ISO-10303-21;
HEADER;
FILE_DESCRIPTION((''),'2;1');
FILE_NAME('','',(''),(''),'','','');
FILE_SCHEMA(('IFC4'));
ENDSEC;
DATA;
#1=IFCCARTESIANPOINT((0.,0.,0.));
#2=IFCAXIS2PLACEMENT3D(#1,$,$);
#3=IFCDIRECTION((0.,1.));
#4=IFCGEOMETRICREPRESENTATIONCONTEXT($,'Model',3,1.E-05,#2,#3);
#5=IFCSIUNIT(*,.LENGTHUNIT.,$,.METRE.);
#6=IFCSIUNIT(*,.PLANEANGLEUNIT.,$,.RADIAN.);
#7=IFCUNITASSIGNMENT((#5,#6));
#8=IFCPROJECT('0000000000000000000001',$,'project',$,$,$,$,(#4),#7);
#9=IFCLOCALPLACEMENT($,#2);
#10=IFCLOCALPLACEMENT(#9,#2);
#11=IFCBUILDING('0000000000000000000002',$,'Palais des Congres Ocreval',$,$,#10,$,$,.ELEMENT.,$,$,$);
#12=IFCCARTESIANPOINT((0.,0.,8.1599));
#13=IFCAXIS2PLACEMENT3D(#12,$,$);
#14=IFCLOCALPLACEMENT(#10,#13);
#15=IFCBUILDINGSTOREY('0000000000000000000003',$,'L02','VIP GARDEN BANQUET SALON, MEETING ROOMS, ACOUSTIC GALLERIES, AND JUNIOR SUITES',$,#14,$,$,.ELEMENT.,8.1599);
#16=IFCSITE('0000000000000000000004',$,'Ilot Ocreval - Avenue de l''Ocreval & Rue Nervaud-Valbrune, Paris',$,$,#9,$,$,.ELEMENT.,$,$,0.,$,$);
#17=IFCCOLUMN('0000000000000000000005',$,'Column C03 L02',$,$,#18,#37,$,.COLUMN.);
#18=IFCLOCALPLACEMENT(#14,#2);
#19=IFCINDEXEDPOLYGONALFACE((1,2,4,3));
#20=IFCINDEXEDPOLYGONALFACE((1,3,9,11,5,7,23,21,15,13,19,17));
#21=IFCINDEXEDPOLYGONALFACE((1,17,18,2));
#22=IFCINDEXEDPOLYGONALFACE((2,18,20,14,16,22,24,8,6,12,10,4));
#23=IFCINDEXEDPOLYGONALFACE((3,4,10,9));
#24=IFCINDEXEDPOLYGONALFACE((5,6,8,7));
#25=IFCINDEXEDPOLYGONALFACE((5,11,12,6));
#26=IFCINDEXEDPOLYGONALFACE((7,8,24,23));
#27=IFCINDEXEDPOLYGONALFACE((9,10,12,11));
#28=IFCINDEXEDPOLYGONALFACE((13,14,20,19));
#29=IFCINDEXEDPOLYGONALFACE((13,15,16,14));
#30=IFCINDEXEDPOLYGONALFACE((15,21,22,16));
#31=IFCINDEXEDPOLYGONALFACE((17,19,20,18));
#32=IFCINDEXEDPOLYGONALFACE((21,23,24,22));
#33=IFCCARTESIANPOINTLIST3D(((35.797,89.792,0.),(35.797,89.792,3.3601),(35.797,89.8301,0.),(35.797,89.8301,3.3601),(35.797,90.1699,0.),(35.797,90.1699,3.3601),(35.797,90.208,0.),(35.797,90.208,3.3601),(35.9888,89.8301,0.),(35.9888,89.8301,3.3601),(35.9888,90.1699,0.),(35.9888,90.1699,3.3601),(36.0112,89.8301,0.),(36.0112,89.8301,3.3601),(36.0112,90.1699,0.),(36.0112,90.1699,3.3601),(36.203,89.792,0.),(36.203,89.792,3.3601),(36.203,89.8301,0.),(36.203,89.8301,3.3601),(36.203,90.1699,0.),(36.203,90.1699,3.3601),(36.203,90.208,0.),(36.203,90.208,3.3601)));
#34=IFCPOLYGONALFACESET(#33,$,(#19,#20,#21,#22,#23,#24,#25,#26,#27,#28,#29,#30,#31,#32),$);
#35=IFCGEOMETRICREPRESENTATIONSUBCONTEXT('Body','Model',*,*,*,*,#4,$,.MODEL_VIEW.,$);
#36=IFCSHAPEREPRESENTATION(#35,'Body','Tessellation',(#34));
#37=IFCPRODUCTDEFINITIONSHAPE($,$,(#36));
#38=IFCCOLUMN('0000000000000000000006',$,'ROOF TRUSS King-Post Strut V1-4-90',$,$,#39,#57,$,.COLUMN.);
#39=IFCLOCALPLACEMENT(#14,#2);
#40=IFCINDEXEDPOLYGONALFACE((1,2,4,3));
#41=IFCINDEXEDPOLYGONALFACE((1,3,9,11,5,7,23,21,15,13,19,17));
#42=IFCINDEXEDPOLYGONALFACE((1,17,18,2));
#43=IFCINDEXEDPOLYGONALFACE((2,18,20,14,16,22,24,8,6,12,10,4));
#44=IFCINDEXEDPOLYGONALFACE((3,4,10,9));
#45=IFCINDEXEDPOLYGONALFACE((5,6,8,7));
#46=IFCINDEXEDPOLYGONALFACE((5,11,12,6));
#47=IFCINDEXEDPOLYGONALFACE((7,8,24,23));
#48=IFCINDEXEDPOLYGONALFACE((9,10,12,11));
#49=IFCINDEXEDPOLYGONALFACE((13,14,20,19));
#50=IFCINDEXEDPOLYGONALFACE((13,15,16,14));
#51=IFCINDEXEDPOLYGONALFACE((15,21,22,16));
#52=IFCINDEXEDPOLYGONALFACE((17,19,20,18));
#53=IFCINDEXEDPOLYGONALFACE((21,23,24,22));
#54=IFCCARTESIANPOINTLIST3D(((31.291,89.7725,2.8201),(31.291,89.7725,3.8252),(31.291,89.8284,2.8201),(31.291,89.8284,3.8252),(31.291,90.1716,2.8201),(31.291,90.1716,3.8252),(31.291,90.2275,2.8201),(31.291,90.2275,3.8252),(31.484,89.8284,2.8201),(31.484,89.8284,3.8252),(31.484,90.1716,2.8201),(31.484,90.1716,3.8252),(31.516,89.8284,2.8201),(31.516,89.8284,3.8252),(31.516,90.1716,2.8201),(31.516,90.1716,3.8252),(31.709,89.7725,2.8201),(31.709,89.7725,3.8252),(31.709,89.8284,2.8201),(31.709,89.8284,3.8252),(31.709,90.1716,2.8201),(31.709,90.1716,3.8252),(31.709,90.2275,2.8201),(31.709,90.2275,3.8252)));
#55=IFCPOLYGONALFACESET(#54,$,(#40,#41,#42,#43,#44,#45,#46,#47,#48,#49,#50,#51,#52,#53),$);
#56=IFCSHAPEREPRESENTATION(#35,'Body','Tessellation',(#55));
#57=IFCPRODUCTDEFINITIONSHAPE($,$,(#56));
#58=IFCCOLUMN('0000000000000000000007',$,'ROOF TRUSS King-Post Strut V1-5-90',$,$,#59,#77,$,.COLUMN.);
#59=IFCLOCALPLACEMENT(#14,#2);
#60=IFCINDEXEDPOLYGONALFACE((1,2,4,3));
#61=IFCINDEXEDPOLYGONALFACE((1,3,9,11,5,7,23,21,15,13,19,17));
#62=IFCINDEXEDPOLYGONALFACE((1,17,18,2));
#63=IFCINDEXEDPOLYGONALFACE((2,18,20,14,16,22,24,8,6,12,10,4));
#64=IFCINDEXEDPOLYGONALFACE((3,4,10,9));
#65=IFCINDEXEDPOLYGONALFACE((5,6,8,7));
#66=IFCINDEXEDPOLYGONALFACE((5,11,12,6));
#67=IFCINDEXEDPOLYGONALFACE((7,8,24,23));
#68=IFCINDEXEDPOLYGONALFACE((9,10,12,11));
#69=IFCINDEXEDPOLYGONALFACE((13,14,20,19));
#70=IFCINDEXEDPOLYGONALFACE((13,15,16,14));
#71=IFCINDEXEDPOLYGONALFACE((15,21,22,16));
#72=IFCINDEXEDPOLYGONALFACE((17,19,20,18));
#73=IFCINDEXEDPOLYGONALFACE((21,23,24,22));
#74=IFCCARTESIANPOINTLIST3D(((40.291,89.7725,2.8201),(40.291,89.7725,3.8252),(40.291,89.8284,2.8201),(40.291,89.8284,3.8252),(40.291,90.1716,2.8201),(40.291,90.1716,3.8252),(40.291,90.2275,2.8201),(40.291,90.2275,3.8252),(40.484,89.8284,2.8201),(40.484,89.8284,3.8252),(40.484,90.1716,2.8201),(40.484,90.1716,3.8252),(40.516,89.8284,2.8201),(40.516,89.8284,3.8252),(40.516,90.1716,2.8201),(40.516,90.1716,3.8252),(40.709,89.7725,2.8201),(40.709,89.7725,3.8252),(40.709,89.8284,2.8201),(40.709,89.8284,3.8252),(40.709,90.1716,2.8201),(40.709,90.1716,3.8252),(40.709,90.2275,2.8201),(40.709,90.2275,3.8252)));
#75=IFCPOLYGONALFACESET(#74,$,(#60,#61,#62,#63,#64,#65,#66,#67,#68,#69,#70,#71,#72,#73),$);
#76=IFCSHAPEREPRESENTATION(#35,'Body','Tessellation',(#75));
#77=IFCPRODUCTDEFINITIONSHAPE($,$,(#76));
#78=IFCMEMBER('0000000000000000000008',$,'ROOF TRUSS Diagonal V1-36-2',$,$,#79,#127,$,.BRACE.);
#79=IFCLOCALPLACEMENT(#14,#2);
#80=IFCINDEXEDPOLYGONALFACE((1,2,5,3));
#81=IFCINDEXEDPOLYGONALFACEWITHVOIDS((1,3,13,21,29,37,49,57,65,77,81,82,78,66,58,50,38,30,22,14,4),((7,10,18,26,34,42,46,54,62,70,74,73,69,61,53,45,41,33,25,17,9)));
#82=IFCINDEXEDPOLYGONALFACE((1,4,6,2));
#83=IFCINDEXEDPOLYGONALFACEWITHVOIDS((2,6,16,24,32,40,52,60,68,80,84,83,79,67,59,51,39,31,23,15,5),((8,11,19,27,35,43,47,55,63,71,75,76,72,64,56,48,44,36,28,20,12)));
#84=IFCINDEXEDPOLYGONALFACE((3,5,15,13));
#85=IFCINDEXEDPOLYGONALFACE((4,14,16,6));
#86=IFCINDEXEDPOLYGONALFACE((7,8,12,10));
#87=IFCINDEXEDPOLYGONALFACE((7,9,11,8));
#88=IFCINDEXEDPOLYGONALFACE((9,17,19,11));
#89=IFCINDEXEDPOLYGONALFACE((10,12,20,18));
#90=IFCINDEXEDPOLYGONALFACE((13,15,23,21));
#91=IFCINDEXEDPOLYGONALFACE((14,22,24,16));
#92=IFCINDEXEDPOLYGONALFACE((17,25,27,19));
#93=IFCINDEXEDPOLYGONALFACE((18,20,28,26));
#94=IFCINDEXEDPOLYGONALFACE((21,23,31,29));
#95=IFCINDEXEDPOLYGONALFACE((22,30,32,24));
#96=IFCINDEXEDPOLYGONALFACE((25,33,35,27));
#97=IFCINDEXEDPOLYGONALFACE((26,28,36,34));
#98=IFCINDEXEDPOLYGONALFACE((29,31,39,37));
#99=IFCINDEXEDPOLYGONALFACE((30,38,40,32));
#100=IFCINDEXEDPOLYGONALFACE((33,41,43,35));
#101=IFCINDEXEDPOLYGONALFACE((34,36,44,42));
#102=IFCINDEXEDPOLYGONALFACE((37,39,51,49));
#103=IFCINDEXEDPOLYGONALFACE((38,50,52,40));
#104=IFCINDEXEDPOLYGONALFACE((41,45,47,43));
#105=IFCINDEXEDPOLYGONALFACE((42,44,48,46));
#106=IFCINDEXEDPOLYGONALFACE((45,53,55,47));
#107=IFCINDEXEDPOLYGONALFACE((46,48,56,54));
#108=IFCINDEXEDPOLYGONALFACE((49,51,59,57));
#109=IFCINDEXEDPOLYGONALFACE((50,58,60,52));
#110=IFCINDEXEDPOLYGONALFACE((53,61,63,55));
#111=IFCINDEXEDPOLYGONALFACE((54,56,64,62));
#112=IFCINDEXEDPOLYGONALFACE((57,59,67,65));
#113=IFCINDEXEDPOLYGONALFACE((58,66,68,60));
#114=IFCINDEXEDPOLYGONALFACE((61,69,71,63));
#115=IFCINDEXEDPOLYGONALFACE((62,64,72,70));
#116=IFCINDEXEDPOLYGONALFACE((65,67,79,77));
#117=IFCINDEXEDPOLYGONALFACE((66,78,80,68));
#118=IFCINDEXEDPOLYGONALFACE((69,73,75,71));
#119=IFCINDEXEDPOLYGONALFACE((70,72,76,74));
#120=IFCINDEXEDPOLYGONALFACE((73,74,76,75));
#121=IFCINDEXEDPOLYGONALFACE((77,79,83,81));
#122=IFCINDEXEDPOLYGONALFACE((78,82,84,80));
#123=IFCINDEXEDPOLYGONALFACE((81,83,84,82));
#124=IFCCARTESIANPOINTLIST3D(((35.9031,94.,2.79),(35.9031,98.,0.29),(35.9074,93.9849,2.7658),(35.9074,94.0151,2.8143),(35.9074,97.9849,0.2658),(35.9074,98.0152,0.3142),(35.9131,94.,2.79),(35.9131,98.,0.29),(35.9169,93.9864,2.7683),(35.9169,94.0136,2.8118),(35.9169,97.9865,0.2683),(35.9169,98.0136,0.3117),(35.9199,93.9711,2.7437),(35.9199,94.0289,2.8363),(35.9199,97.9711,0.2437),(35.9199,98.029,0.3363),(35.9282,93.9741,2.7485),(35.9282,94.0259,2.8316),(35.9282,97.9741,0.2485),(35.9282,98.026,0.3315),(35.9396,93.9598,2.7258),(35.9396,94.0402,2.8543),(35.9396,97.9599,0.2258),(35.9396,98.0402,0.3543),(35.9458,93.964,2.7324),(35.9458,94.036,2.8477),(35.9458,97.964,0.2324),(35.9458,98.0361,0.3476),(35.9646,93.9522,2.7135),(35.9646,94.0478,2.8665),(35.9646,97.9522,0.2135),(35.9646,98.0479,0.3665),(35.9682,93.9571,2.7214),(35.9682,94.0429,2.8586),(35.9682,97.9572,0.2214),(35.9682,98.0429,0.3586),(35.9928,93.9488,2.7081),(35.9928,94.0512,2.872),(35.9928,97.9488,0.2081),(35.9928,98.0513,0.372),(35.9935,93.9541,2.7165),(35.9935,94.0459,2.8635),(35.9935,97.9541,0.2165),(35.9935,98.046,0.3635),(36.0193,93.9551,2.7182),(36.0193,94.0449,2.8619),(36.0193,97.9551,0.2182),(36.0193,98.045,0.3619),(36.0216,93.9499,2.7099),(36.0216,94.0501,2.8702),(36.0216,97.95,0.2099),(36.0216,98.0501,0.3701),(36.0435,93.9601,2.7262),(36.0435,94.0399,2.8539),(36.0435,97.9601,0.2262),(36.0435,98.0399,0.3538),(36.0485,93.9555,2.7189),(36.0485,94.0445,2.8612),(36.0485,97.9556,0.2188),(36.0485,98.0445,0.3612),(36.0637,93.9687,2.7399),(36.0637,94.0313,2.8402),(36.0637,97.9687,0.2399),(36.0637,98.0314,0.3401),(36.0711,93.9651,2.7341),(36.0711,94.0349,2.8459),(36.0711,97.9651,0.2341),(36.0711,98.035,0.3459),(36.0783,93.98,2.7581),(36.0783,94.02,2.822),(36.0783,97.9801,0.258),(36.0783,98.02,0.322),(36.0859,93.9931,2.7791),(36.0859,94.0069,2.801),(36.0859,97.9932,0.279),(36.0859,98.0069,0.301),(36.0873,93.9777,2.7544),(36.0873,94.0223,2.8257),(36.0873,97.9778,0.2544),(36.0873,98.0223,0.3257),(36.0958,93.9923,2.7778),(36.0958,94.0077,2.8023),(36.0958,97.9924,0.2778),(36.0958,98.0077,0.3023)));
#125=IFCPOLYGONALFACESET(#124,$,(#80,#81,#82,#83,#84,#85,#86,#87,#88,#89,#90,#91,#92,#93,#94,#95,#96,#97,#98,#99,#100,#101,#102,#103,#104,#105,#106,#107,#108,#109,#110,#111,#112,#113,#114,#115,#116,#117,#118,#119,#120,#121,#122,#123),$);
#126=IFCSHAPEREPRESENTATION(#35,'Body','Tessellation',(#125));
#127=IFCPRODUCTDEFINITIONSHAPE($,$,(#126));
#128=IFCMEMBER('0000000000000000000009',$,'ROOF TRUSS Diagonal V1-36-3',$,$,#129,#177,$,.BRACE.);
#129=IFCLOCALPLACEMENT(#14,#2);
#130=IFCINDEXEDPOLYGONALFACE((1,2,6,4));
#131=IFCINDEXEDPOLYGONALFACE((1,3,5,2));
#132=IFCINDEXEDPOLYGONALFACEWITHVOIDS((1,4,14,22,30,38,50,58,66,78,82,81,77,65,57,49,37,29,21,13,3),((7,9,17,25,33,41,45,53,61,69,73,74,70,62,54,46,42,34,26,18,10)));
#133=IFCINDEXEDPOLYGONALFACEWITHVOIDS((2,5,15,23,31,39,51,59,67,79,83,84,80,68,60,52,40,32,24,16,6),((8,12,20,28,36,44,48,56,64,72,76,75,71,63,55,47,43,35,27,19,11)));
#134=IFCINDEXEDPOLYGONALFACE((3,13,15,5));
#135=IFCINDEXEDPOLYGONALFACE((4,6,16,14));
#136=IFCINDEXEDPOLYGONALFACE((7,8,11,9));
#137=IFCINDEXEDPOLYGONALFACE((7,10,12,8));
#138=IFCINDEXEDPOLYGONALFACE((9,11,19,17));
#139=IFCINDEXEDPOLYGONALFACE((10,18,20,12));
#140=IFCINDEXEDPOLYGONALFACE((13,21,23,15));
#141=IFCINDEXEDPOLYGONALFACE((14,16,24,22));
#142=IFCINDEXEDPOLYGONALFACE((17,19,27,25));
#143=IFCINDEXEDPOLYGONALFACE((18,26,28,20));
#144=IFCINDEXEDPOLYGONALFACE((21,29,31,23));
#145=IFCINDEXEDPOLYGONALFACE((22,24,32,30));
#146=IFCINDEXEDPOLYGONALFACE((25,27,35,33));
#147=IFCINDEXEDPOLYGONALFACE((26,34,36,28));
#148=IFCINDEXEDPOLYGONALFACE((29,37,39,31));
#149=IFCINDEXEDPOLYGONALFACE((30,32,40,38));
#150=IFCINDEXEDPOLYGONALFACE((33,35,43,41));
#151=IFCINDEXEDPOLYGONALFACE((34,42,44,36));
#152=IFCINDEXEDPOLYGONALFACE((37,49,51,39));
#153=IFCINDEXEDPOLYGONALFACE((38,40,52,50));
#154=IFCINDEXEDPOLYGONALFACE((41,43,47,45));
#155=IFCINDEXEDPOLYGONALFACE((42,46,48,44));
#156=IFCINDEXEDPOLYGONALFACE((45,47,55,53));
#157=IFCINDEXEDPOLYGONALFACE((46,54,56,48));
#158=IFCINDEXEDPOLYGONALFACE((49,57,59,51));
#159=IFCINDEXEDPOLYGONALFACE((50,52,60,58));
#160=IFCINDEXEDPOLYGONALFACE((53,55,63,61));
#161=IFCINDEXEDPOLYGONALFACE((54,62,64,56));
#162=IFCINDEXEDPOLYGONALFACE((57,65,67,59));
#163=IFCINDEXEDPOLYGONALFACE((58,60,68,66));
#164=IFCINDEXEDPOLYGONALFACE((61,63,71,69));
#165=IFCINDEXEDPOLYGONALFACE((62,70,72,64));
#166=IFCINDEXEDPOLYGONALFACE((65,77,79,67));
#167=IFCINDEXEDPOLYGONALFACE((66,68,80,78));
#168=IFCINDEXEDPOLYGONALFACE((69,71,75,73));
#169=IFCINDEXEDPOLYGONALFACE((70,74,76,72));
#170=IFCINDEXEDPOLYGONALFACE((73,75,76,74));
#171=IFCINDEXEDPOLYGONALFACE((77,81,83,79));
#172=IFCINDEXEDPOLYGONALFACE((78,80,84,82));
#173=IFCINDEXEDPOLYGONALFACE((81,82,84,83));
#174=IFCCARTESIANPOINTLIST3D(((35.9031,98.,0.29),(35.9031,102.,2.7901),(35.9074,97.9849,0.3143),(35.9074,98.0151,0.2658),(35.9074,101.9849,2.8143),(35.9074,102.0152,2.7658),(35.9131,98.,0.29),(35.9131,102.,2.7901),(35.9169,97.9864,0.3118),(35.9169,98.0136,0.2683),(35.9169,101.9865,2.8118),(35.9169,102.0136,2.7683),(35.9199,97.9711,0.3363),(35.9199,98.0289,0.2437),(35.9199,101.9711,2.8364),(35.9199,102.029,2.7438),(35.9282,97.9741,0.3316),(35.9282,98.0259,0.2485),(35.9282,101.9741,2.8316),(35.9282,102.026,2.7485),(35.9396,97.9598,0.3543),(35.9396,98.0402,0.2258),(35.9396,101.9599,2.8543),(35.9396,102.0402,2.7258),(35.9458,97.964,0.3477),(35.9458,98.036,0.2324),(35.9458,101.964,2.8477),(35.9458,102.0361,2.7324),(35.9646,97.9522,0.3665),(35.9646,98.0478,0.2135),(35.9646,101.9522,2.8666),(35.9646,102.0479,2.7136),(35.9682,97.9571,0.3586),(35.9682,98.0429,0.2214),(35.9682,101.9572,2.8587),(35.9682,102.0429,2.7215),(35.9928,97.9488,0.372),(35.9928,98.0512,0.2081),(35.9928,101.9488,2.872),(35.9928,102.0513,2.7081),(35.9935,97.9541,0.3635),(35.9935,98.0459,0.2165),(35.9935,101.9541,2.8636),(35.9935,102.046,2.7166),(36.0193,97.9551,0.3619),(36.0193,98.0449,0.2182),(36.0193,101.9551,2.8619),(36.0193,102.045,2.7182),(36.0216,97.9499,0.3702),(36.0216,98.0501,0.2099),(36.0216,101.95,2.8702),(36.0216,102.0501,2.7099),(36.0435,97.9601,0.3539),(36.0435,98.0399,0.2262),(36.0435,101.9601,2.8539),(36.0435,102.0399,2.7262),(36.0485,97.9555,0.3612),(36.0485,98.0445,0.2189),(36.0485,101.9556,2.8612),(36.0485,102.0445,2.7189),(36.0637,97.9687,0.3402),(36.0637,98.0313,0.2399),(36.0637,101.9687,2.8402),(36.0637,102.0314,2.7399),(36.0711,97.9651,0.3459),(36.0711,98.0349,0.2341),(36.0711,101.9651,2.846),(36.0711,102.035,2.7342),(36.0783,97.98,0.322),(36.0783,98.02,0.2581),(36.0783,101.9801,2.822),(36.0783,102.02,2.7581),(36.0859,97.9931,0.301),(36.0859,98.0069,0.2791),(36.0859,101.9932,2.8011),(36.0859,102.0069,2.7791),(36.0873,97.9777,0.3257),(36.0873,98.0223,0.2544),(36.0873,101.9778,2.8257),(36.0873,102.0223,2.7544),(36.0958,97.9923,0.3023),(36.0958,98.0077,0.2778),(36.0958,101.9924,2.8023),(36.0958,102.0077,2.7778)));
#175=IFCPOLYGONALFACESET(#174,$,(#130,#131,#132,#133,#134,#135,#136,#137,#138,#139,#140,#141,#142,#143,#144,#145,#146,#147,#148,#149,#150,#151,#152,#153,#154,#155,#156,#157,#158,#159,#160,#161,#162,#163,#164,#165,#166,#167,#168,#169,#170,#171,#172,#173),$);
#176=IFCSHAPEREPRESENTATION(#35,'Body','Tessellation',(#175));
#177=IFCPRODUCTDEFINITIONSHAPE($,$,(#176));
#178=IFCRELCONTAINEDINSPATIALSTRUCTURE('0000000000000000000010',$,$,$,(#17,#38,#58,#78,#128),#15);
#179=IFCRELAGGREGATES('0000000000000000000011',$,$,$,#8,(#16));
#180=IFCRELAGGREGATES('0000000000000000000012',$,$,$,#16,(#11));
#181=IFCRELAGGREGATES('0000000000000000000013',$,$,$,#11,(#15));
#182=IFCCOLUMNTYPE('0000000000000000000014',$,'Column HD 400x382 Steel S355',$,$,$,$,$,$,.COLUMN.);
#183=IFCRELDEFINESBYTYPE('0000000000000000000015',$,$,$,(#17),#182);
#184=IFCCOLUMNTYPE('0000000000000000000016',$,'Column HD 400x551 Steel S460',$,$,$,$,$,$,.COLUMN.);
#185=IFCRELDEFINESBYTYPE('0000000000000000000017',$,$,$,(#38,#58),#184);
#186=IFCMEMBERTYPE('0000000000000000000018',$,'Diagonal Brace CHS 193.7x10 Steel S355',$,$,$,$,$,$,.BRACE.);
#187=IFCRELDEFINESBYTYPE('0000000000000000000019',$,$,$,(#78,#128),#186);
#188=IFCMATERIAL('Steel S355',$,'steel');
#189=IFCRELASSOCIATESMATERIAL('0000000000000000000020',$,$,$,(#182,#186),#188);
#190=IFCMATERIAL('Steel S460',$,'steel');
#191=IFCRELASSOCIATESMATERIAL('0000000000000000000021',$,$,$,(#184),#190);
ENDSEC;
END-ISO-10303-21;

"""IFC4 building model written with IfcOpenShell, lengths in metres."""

from ifc_helpers import new_model, si_unit, direction, frame, origin, origin_2d, place, context, subcontext, project, spatial, hollow_circle, i_section, extrude, material, material_profile, profile_set, type_object, element, save


model = new_model("IFC4")

# Units and contexts
model_context = context("Model", 3, precision=1e-05, world=origin(), true_north=direction((0.0, 1.0)))
body_context = subcontext(model_context, "Body", "Model", "MODEL_VIEW")
ifc_project = project(units=[si_unit("LENGTHUNIT", "METRE"), si_unit("PLANEANGLEUNIT", "RADIAN")], contexts=[model_context])

# Site, building, storey
site_placement = place(None, origin())
site = spatial("IfcSite", under=ifc_project, at=site_placement, Name="Ilot Ocreval - Avenue de l'Ocreval & Rue Nervaud-Valbrune, Paris", CompositionType="ELEMENT", RefElevation=0.0)
building_placement = place(site_placement, origin())
building = spatial("IfcBuilding", under=site, at=building_placement, Name="Palais des Congres Ocreval", CompositionType="ELEMENT")
storey_placement = place(building_placement, frame((0.0, 0.0, 8.1599)))
storey = spatial("IfcBuildingStorey", under=building, at=storey_placement, Name="L02", Description="VIP GARDEN BANQUET SALON, MEETING ROOMS, ACOUSTIC GALLERIES, AND JUNIOR SUITES", CompositionType="ELEMENT", Elevation=8.1599)

# Columns
ifc_material_1 = material(Name="Steel S355", Category="steel")
ifc_material_profile_1 = material_profile(ifc_material_1, i_section(OverallWidth=0.406, OverallDepth=0.416, WebThickness=0.0225, FlangeThickness=0.0381, at=origin_2d()), Name="HD 400x382")
ifc_profile_set_1 = profile_set([ifc_material_profile_1], Name="Steel S355")
column_type_1 = type_object("IfcColumnType", Name="Column HD 400x382 Steel S355", PredefinedType="COLUMN", material=ifc_profile_set_1)
column_placement = place(storey_placement, frame((36.0, 90.0, 0.0), z_axis=(0.0, 0.0, 1.0), x_axis=(1.0, 0.0, 0.0)))
element("IfcColumn", 1, at=column_placement, inside=storey, type_object=column_type_1, Name="Column C03 L02", PredefinedType="COLUMN", context=body_context, shape_type="SweptSolid", body=[
    extrude(i_section(OverallWidth=0.406, OverallDepth=0.416, WebThickness=0.0225, FlangeThickness=0.0381, at=origin_2d()), origin(), (0.0, 0.0, 1.0), 3.3601),
])
ifc_material_2 = material(Name="Steel S460", Category="steel")
ifc_material_profile_2 = material_profile(ifc_material_2, i_section(OverallWidth=0.418, OverallDepth=0.4551, WebThickness=0.032, FlangeThickness=0.0559, at=origin_2d()), Name="HD 400x551")
ifc_profile_set_2 = profile_set([ifc_material_profile_2], Name="Steel S460")
column_type_2 = type_object("IfcColumnType", Name="Column HD 400x551 Steel S460", PredefinedType="COLUMN", material=ifc_profile_set_2)
for number, where, z_axis, x_axis, name in (
    (2, (31.5, 90.0, 2.8201), (0.0, 0.0, 1.0), (1.0, 0.0, 0.0), "ROOF TRUSS King-Post Strut V1-4-90"),
    (3, (40.5, 90.0, 2.8201), (0.0, 0.0, 1.0), (1.0, 0.0, 0.0), "ROOF TRUSS King-Post Strut V1-5-90"),
):
    element("IfcColumn", number, at=place(storey_placement, frame(where, z_axis=z_axis, x_axis=x_axis)), inside=storey, type_object=column_type_2, Name=name, PredefinedType="COLUMN", context=body_context, shape_type="SweptSolid", body=[
        extrude(i_section(OverallWidth=0.418, OverallDepth=0.4551, WebThickness=0.032, FlangeThickness=0.0559, at=origin_2d()), origin(), (0.0, 0.0, 1.0), 1.0051),
    ])

# Members
ifc_material_profile_3 = material_profile(ifc_material_1, hollow_circle(Radius=0.0969, WallThickness=0.01, at=origin_2d()), Name="CHS 193.7x10")
ifc_profile_set_3 = profile_set([ifc_material_profile_3], Name="Steel S355")
member_type_1 = type_object("IfcMemberType", Name="Diagonal Brace CHS 193.7x10 Steel S355", PredefinedType="BRACE", material=ifc_profile_set_3)
for number, where, z_axis, x_axis, name in (
    (4, (36.0, 94.0, 2.79), (0.0, 0.847998, -0.529999), (-1.0, 0.0, 0.0), "ROOF TRUSS Diagonal V1-36-2"),
    (5, (36.0, 98.0, 0.29), (0.0, 0.847998, 0.529999), (-1.0, 0.0, 0.0), "ROOF TRUSS Diagonal V1-36-3"),
):
    element("IfcMember", number, at=place(storey_placement, frame(where, z_axis=z_axis, x_axis=x_axis)), inside=storey, type_object=member_type_1, Name=name, PredefinedType="BRACE", context=body_context, shape_type="SweptSolid", body=[
        extrude(hollow_circle(Radius=0.0969, WallThickness=0.01, at=origin_2d()), origin(), (0.0, 0.0, 1.0), 4.717),
    ])

save(model, "model.ifc")
